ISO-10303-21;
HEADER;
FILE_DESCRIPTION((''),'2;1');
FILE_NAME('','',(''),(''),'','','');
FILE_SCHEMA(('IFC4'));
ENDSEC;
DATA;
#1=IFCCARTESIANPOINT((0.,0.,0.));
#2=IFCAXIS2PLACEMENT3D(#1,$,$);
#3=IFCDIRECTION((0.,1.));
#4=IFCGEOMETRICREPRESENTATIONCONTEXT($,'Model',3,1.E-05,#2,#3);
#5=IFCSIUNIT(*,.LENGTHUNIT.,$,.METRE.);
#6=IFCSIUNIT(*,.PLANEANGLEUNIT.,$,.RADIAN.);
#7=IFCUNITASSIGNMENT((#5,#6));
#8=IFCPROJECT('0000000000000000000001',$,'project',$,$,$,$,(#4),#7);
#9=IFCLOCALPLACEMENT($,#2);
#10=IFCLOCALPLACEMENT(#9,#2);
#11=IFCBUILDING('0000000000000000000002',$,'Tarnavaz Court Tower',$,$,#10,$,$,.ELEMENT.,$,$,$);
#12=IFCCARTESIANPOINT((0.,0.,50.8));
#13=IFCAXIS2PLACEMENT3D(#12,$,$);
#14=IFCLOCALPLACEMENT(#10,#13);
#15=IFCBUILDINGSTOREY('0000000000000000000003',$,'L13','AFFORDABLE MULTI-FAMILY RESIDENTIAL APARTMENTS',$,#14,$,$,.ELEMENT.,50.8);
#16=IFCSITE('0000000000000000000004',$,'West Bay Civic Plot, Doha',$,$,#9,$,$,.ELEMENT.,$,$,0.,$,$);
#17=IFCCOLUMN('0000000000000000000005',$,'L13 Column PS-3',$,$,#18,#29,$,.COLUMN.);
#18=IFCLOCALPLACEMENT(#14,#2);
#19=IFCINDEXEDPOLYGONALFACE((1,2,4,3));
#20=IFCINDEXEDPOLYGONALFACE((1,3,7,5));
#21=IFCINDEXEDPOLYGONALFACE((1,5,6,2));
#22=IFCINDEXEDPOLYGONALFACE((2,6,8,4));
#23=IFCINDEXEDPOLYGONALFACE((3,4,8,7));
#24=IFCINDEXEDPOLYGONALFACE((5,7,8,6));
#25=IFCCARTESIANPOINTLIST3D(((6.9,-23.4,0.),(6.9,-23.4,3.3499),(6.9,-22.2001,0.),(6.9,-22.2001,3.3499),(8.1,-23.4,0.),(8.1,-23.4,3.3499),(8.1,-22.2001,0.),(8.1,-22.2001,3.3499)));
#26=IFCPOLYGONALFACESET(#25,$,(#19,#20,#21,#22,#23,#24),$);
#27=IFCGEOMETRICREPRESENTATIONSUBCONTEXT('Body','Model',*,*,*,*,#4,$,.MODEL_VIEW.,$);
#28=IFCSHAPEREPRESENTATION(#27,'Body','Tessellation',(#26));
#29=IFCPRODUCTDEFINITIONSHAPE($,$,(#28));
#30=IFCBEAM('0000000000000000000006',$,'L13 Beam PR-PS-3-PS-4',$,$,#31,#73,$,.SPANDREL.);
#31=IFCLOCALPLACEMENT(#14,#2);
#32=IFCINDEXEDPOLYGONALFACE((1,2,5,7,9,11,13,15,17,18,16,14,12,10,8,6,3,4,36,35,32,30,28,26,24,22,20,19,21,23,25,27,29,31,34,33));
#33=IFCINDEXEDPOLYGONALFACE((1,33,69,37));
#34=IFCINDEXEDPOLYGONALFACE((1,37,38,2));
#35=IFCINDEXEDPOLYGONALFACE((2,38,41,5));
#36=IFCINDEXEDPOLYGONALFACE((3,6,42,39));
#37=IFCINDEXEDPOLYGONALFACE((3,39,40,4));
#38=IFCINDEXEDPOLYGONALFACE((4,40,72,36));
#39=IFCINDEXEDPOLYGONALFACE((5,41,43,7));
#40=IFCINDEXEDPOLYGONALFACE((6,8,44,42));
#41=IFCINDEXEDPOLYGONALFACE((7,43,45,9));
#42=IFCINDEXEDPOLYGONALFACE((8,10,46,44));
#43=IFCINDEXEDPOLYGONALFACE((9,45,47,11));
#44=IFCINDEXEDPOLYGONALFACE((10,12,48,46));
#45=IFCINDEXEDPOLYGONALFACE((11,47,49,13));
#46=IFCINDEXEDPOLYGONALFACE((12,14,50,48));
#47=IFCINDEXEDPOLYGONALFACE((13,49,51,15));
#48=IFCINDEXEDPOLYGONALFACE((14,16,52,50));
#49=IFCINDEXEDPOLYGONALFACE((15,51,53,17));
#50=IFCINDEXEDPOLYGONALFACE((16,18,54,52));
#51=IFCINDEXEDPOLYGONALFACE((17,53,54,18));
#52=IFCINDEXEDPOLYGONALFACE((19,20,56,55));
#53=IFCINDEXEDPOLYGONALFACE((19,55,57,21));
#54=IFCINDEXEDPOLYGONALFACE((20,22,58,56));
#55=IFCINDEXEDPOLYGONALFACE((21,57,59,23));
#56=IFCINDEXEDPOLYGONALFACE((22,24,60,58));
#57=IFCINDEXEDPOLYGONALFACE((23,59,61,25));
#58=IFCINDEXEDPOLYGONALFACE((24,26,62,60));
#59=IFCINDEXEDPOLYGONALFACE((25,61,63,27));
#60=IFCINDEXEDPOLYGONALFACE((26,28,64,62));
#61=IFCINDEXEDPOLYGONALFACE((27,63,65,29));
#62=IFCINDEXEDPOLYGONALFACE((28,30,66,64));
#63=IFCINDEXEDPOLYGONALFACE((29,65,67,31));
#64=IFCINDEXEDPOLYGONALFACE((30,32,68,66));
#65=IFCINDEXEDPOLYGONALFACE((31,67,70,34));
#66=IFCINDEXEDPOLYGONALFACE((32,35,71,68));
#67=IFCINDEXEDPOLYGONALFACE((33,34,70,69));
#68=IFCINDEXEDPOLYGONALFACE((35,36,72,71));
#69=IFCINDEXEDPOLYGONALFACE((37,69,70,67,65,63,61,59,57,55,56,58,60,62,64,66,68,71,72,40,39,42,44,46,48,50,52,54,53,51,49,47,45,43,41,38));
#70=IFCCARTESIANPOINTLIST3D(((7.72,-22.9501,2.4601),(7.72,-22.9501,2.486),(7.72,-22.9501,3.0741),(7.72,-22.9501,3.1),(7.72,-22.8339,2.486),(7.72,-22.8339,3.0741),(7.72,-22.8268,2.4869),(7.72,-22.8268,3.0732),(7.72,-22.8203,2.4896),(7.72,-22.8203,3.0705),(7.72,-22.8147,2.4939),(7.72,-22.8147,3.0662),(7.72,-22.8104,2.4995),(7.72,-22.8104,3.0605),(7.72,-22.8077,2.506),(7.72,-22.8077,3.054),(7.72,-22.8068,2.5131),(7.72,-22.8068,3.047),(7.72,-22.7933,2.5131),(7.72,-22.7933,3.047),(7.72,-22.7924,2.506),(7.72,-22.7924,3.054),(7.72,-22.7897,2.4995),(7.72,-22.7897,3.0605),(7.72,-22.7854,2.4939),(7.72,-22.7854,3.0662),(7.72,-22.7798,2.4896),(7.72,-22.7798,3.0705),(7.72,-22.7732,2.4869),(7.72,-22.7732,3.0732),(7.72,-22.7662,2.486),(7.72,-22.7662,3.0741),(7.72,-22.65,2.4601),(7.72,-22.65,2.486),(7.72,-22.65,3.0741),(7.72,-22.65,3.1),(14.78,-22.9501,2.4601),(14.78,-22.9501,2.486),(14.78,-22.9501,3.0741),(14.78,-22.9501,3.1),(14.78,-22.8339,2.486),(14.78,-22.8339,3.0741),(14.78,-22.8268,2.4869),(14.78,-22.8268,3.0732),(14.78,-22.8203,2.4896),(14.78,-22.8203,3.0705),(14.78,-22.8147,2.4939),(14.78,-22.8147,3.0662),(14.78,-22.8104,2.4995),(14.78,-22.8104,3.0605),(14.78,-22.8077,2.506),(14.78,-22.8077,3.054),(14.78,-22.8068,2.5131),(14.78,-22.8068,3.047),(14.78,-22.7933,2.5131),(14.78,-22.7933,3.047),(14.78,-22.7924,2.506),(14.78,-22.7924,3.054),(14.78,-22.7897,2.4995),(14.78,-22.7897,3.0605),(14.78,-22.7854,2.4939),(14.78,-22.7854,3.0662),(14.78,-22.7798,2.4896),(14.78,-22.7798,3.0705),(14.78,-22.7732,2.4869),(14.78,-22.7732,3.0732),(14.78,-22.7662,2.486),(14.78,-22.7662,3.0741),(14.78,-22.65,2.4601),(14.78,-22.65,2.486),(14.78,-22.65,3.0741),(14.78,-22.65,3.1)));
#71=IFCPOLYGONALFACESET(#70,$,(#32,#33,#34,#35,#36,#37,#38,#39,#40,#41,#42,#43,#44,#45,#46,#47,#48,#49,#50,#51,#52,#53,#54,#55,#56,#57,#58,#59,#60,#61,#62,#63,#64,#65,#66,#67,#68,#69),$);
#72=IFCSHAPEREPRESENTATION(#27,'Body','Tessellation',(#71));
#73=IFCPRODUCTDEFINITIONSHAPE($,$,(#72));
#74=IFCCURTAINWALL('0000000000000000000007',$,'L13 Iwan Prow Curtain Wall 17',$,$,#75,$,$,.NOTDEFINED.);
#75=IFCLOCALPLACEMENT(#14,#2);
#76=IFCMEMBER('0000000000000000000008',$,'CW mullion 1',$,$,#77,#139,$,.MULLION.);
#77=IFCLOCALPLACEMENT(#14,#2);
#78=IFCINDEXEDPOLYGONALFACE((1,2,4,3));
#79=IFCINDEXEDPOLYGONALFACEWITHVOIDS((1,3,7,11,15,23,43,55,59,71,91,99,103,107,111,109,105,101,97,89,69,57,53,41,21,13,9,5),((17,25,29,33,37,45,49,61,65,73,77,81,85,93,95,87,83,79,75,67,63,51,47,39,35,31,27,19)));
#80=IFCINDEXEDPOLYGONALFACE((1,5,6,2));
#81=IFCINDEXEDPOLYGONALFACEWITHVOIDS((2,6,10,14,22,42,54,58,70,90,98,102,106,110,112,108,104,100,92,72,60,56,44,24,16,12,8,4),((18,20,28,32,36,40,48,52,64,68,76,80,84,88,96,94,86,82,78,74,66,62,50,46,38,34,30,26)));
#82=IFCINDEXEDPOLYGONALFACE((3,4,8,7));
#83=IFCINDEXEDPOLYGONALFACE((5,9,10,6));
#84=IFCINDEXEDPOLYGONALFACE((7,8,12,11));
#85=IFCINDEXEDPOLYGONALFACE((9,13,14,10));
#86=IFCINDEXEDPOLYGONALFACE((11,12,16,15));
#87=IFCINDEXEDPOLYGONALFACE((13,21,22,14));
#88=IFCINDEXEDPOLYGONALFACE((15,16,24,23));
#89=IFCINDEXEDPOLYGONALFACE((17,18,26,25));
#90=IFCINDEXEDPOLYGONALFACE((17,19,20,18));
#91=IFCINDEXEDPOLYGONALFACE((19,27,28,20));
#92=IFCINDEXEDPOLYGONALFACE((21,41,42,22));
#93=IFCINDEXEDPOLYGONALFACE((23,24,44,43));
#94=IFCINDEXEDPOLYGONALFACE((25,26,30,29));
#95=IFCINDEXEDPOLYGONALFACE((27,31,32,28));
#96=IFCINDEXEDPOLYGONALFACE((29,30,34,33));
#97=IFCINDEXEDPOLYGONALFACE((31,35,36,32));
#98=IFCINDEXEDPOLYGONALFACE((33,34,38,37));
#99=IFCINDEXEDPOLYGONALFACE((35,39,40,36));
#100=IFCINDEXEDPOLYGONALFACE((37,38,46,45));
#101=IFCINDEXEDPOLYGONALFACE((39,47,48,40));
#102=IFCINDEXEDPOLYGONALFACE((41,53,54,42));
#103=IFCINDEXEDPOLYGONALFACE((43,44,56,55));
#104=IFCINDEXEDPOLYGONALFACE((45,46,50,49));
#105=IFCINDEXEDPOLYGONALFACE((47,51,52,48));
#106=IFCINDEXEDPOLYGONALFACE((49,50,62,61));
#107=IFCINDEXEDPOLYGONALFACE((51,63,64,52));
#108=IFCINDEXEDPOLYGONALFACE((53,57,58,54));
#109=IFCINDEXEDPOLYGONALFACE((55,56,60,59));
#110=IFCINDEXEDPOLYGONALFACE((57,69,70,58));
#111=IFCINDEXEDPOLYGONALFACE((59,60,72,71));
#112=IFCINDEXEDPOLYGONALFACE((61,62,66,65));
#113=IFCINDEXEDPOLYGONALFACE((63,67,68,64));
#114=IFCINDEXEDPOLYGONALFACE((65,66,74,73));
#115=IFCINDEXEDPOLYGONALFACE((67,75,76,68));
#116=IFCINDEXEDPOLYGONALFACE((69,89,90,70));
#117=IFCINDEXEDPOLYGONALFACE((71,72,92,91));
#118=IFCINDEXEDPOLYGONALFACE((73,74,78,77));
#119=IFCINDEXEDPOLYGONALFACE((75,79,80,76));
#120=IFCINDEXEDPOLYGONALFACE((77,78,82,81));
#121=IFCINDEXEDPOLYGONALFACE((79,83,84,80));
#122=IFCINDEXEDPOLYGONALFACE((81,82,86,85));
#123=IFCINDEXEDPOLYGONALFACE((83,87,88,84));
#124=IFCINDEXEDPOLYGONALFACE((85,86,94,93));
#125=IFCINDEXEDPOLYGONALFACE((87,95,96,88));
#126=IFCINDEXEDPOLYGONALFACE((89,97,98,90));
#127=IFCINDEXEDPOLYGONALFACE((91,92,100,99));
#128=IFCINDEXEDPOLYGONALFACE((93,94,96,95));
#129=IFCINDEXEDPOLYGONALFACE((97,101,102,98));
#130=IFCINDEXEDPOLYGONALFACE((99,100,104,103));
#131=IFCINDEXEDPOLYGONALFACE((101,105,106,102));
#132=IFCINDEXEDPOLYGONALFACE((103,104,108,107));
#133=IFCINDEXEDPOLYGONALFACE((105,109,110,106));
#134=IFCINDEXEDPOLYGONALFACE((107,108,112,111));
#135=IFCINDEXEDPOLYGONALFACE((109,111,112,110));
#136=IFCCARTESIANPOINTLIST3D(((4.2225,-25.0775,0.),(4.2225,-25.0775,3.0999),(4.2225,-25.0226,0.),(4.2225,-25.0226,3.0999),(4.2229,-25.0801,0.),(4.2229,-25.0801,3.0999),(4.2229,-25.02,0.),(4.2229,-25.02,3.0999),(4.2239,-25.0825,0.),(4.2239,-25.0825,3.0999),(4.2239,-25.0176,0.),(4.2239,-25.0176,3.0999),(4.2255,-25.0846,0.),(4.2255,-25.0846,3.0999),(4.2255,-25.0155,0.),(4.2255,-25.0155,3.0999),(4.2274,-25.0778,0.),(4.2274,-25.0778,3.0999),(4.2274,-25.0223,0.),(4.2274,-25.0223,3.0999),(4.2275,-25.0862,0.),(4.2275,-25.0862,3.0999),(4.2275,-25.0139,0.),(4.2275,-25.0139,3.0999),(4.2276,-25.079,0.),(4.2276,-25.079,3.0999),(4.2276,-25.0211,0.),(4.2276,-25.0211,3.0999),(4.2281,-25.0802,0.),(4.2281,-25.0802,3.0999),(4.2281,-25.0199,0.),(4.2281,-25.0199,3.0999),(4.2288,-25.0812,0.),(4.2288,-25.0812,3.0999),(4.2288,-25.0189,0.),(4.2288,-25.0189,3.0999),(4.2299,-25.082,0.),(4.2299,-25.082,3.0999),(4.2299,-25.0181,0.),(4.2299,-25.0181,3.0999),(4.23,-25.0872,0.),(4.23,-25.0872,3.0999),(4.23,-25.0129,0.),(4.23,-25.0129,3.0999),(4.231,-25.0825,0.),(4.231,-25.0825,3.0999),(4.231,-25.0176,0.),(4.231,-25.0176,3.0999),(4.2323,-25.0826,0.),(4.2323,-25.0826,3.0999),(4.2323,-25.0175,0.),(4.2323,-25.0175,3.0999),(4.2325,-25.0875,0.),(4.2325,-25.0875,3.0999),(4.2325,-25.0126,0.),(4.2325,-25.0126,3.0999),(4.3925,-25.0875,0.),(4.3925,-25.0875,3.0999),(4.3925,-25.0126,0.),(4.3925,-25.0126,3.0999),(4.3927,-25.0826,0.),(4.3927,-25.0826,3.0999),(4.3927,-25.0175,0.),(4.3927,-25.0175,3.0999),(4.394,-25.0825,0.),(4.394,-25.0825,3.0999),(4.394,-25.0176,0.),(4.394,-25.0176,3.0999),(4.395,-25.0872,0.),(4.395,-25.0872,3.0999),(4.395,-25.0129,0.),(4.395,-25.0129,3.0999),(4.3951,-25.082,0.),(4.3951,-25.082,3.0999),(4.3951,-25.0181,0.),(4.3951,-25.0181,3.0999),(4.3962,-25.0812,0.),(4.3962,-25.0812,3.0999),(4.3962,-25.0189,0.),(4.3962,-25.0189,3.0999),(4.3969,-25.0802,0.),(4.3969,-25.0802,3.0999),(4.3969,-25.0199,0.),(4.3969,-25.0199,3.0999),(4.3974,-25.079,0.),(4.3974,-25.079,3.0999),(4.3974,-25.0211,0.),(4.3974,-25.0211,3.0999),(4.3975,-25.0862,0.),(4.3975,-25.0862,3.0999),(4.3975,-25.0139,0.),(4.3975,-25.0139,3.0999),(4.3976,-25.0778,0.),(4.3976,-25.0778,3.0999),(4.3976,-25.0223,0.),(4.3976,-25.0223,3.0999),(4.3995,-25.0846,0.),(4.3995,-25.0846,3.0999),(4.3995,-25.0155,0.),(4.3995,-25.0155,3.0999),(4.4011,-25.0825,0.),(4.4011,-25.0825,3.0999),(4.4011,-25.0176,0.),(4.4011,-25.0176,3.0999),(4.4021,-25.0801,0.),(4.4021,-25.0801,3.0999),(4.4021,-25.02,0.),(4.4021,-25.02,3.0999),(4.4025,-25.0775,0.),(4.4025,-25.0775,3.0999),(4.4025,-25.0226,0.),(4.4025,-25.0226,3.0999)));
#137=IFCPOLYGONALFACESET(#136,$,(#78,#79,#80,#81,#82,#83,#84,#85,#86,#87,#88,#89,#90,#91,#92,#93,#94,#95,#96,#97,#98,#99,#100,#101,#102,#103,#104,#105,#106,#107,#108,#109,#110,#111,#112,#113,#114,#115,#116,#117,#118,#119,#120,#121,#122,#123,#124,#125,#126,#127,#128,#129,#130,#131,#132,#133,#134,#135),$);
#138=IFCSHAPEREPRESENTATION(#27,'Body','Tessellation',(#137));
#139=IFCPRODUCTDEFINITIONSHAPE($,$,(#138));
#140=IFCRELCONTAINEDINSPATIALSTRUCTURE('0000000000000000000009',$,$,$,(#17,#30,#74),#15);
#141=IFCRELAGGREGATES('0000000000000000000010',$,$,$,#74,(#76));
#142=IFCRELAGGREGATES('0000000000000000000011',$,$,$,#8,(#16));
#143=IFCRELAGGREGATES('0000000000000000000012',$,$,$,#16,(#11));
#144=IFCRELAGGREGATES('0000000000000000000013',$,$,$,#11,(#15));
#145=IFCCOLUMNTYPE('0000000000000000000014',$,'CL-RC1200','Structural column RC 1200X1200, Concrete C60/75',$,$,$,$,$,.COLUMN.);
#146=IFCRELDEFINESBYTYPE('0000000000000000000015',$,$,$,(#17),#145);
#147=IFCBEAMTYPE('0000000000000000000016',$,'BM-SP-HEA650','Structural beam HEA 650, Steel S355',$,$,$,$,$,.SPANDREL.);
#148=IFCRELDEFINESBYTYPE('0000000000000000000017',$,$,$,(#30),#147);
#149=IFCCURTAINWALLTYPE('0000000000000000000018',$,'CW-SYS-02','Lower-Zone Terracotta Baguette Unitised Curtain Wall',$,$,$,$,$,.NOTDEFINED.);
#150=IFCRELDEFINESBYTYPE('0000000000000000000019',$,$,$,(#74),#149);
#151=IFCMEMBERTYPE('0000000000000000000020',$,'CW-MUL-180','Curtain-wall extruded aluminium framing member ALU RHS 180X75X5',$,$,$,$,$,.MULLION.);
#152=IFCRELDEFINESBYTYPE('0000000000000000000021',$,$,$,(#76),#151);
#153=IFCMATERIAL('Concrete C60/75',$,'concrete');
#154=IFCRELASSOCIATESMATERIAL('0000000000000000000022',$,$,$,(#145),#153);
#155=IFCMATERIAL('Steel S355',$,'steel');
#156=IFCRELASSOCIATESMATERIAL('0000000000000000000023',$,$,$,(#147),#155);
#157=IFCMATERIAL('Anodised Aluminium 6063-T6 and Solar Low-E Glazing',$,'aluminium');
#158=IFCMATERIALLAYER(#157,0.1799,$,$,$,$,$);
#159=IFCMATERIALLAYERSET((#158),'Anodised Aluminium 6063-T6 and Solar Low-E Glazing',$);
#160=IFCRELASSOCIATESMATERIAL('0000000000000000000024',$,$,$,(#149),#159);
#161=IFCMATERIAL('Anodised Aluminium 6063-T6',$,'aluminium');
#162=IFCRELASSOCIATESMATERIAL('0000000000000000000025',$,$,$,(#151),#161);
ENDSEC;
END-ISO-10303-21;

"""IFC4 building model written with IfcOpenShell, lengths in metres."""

from ifc_helpers import new_model, si_unit, direction, frame, origin, origin_2d, place, context, subcontext, project, spatial, rectangle, hollow_rectangle, i_section, extrude, material, layer, layer_set, material_profile, profile_set, type_object, element, aggregate, save


model = new_model("IFC4")

# Units and contexts
model_context = context("Model", 3, precision=1e-05, world=origin(), true_north=direction((0.0, 1.0)))
body_context = subcontext(model_context, "Body", "Model", "MODEL_VIEW")
ifc_project = project(units=[si_unit("LENGTHUNIT", "METRE"), si_unit("PLANEANGLEUNIT", "RADIAN")], contexts=[model_context])

# Site, building, storey
site_placement = place(None, origin())
site = spatial("IfcSite", under=ifc_project, at=site_placement, Name="West Bay Civic Plot, Doha", CompositionType="ELEMENT", RefElevation=0.0)
building_placement = place(site_placement, origin())
building = spatial("IfcBuilding", under=site, at=building_placement, Name="Tarnavaz Court Tower", CompositionType="ELEMENT")
storey_placement = place(building_placement, frame((0.0, 0.0, 50.8)))
storey = spatial("IfcBuildingStorey", under=building, at=storey_placement, Name="L13", Description="AFFORDABLE MULTI-FAMILY RESIDENTIAL APARTMENTS", CompositionType="ELEMENT", Elevation=50.8)

# Column
ifc_material_1 = material(Name="Concrete C60/75", Category="concrete")
ifc_material_profile_1 = material_profile(ifc_material_1, rectangle(XDim=1.2, YDim=1.2, at=origin_2d()), Name="RC 1200X1200")
ifc_profile_set_1 = profile_set([ifc_material_profile_1], Name="Concrete C60/75")
column_type = type_object("IfcColumnType", Name="CL-RC1200", Description="Structural column RC 1200X1200, Concrete C60/75", PredefinedType="COLUMN", material=ifc_profile_set_1)
column_placement = place(storey_placement, frame((7.5, -22.8, 0.0), z_axis=(0.0, 0.0, 1.0), x_axis=(1.0, 0.0, 0.0)))
element("IfcColumn", 1, at=column_placement, inside=storey, type_object=column_type, Name="L13 Column PS-3", PredefinedType="COLUMN", context=body_context, shape_type="SweptSolid", body=[
    extrude(rectangle(XDim=1.2, YDim=1.2, at=origin_2d()), origin(), (0.0, 0.0, 1.0), 3.3499),
])

# Beam
ifc_material_2 = material(Name="Steel S355", Category="steel")
ifc_material_profile_2 = material_profile(ifc_material_2, i_section(OverallWidth=0.3, OverallDepth=0.6399, WebThickness=0.0134, FlangeThickness=0.0259, FilletRadius=0.0271, at=origin_2d()), Name="HEA 650")
ifc_profile_set_2 = profile_set([ifc_material_profile_2], Name="Steel S355")
beam_type = type_object("IfcBeamType", Name="BM-SP-HEA650", Description="Structural beam HEA 650, Steel S355", PredefinedType="SPANDREL", material=ifc_profile_set_2)
beam_placement = place(storey_placement, frame((7.72, -22.8, 2.78), z_axis=(1.0, 0.0, 0.0), x_axis=(0.0, 1.0, 0.0)))
element("IfcBeam", 2, at=beam_placement, inside=storey, type_object=beam_type, Name="L13 Beam PR-PS-3-PS-4", PredefinedType="SPANDREL", context=body_context, shape_type="SweptSolid", body=[
    extrude(i_section(OverallWidth=0.3, OverallDepth=0.6399, WebThickness=0.0134, FlangeThickness=0.0259, FilletRadius=0.0271, at=origin_2d()), origin(), (0.0, 0.0, 1.0), 7.0601),
])

# Curtain wall, member
ifc_material_3 = material(Name="Anodised Aluminium 6063-T6 and Solar Low-E Glazing", Category="aluminium")
ifc_layer_1 = layer(ifc_material_3, 0.1799)
ifc_layer_set_1 = layer_set([ifc_layer_1], Name="Anodised Aluminium 6063-T6 and Solar Low-E Glazing")
curtain_wall_type = type_object("IfcCurtainWallType", Name="CW-SYS-02", Description="Lower-Zone Terracotta Baguette Unitised Curtain Wall", PredefinedType="NOTDEFINED", material=ifc_layer_set_1)
curtain_wall_placement = place(storey_placement, origin())
curtain_wall = element("IfcCurtainWall", 3, at=curtain_wall_placement, inside=storey, type_object=curtain_wall_type, Name="L13 Iwan Prow Curtain Wall 17", PredefinedType="NOTDEFINED")
ifc_material_4 = material(Name="Anodised Aluminium 6063-T6", Category="aluminium")
ifc_material_profile_3 = material_profile(ifc_material_4, hollow_rectangle(XDim=0.075, YDim=0.1799, WallThickness=0.0049, InnerFilletRadius=0.0049, OuterFilletRadius=0.01, at=origin_2d()), Name="ALU RHS 180X75X5")
ifc_profile_set_3 = profile_set([ifc_material_profile_3], Name="Anodised Aluminium 6063-T6")
member_type_1 = type_object("IfcMemberType", Name="CW-MUL-180", Description="Curtain-wall extruded aluminium framing member ALU RHS 180X75X5", PredefinedType="MULLION", material=ifc_profile_set_3)
member_1_placement = place(storey_placement, frame((4.3125, -25.05, 0.0), z_axis=(0.0, 0.0, 1.0), x_axis=(0.0, -1.0, 0.0)))
member_1 = element("IfcMember", 4, at=member_1_placement, type_object=member_type_1, Name="CW mullion 1", PredefinedType="MULLION", context=body_context, shape_type="SweptSolid", body=[
    extrude(hollow_rectangle(XDim=0.075, YDim=0.1799, WallThickness=0.0049, InnerFilletRadius=0.0049, OuterFilletRadius=0.01, at=origin_2d()), origin(), (0.0, 0.0, 1.0), 3.0999),
])
aggregate(curtain_wall, [member_1])

save(model, "model.ifc")
